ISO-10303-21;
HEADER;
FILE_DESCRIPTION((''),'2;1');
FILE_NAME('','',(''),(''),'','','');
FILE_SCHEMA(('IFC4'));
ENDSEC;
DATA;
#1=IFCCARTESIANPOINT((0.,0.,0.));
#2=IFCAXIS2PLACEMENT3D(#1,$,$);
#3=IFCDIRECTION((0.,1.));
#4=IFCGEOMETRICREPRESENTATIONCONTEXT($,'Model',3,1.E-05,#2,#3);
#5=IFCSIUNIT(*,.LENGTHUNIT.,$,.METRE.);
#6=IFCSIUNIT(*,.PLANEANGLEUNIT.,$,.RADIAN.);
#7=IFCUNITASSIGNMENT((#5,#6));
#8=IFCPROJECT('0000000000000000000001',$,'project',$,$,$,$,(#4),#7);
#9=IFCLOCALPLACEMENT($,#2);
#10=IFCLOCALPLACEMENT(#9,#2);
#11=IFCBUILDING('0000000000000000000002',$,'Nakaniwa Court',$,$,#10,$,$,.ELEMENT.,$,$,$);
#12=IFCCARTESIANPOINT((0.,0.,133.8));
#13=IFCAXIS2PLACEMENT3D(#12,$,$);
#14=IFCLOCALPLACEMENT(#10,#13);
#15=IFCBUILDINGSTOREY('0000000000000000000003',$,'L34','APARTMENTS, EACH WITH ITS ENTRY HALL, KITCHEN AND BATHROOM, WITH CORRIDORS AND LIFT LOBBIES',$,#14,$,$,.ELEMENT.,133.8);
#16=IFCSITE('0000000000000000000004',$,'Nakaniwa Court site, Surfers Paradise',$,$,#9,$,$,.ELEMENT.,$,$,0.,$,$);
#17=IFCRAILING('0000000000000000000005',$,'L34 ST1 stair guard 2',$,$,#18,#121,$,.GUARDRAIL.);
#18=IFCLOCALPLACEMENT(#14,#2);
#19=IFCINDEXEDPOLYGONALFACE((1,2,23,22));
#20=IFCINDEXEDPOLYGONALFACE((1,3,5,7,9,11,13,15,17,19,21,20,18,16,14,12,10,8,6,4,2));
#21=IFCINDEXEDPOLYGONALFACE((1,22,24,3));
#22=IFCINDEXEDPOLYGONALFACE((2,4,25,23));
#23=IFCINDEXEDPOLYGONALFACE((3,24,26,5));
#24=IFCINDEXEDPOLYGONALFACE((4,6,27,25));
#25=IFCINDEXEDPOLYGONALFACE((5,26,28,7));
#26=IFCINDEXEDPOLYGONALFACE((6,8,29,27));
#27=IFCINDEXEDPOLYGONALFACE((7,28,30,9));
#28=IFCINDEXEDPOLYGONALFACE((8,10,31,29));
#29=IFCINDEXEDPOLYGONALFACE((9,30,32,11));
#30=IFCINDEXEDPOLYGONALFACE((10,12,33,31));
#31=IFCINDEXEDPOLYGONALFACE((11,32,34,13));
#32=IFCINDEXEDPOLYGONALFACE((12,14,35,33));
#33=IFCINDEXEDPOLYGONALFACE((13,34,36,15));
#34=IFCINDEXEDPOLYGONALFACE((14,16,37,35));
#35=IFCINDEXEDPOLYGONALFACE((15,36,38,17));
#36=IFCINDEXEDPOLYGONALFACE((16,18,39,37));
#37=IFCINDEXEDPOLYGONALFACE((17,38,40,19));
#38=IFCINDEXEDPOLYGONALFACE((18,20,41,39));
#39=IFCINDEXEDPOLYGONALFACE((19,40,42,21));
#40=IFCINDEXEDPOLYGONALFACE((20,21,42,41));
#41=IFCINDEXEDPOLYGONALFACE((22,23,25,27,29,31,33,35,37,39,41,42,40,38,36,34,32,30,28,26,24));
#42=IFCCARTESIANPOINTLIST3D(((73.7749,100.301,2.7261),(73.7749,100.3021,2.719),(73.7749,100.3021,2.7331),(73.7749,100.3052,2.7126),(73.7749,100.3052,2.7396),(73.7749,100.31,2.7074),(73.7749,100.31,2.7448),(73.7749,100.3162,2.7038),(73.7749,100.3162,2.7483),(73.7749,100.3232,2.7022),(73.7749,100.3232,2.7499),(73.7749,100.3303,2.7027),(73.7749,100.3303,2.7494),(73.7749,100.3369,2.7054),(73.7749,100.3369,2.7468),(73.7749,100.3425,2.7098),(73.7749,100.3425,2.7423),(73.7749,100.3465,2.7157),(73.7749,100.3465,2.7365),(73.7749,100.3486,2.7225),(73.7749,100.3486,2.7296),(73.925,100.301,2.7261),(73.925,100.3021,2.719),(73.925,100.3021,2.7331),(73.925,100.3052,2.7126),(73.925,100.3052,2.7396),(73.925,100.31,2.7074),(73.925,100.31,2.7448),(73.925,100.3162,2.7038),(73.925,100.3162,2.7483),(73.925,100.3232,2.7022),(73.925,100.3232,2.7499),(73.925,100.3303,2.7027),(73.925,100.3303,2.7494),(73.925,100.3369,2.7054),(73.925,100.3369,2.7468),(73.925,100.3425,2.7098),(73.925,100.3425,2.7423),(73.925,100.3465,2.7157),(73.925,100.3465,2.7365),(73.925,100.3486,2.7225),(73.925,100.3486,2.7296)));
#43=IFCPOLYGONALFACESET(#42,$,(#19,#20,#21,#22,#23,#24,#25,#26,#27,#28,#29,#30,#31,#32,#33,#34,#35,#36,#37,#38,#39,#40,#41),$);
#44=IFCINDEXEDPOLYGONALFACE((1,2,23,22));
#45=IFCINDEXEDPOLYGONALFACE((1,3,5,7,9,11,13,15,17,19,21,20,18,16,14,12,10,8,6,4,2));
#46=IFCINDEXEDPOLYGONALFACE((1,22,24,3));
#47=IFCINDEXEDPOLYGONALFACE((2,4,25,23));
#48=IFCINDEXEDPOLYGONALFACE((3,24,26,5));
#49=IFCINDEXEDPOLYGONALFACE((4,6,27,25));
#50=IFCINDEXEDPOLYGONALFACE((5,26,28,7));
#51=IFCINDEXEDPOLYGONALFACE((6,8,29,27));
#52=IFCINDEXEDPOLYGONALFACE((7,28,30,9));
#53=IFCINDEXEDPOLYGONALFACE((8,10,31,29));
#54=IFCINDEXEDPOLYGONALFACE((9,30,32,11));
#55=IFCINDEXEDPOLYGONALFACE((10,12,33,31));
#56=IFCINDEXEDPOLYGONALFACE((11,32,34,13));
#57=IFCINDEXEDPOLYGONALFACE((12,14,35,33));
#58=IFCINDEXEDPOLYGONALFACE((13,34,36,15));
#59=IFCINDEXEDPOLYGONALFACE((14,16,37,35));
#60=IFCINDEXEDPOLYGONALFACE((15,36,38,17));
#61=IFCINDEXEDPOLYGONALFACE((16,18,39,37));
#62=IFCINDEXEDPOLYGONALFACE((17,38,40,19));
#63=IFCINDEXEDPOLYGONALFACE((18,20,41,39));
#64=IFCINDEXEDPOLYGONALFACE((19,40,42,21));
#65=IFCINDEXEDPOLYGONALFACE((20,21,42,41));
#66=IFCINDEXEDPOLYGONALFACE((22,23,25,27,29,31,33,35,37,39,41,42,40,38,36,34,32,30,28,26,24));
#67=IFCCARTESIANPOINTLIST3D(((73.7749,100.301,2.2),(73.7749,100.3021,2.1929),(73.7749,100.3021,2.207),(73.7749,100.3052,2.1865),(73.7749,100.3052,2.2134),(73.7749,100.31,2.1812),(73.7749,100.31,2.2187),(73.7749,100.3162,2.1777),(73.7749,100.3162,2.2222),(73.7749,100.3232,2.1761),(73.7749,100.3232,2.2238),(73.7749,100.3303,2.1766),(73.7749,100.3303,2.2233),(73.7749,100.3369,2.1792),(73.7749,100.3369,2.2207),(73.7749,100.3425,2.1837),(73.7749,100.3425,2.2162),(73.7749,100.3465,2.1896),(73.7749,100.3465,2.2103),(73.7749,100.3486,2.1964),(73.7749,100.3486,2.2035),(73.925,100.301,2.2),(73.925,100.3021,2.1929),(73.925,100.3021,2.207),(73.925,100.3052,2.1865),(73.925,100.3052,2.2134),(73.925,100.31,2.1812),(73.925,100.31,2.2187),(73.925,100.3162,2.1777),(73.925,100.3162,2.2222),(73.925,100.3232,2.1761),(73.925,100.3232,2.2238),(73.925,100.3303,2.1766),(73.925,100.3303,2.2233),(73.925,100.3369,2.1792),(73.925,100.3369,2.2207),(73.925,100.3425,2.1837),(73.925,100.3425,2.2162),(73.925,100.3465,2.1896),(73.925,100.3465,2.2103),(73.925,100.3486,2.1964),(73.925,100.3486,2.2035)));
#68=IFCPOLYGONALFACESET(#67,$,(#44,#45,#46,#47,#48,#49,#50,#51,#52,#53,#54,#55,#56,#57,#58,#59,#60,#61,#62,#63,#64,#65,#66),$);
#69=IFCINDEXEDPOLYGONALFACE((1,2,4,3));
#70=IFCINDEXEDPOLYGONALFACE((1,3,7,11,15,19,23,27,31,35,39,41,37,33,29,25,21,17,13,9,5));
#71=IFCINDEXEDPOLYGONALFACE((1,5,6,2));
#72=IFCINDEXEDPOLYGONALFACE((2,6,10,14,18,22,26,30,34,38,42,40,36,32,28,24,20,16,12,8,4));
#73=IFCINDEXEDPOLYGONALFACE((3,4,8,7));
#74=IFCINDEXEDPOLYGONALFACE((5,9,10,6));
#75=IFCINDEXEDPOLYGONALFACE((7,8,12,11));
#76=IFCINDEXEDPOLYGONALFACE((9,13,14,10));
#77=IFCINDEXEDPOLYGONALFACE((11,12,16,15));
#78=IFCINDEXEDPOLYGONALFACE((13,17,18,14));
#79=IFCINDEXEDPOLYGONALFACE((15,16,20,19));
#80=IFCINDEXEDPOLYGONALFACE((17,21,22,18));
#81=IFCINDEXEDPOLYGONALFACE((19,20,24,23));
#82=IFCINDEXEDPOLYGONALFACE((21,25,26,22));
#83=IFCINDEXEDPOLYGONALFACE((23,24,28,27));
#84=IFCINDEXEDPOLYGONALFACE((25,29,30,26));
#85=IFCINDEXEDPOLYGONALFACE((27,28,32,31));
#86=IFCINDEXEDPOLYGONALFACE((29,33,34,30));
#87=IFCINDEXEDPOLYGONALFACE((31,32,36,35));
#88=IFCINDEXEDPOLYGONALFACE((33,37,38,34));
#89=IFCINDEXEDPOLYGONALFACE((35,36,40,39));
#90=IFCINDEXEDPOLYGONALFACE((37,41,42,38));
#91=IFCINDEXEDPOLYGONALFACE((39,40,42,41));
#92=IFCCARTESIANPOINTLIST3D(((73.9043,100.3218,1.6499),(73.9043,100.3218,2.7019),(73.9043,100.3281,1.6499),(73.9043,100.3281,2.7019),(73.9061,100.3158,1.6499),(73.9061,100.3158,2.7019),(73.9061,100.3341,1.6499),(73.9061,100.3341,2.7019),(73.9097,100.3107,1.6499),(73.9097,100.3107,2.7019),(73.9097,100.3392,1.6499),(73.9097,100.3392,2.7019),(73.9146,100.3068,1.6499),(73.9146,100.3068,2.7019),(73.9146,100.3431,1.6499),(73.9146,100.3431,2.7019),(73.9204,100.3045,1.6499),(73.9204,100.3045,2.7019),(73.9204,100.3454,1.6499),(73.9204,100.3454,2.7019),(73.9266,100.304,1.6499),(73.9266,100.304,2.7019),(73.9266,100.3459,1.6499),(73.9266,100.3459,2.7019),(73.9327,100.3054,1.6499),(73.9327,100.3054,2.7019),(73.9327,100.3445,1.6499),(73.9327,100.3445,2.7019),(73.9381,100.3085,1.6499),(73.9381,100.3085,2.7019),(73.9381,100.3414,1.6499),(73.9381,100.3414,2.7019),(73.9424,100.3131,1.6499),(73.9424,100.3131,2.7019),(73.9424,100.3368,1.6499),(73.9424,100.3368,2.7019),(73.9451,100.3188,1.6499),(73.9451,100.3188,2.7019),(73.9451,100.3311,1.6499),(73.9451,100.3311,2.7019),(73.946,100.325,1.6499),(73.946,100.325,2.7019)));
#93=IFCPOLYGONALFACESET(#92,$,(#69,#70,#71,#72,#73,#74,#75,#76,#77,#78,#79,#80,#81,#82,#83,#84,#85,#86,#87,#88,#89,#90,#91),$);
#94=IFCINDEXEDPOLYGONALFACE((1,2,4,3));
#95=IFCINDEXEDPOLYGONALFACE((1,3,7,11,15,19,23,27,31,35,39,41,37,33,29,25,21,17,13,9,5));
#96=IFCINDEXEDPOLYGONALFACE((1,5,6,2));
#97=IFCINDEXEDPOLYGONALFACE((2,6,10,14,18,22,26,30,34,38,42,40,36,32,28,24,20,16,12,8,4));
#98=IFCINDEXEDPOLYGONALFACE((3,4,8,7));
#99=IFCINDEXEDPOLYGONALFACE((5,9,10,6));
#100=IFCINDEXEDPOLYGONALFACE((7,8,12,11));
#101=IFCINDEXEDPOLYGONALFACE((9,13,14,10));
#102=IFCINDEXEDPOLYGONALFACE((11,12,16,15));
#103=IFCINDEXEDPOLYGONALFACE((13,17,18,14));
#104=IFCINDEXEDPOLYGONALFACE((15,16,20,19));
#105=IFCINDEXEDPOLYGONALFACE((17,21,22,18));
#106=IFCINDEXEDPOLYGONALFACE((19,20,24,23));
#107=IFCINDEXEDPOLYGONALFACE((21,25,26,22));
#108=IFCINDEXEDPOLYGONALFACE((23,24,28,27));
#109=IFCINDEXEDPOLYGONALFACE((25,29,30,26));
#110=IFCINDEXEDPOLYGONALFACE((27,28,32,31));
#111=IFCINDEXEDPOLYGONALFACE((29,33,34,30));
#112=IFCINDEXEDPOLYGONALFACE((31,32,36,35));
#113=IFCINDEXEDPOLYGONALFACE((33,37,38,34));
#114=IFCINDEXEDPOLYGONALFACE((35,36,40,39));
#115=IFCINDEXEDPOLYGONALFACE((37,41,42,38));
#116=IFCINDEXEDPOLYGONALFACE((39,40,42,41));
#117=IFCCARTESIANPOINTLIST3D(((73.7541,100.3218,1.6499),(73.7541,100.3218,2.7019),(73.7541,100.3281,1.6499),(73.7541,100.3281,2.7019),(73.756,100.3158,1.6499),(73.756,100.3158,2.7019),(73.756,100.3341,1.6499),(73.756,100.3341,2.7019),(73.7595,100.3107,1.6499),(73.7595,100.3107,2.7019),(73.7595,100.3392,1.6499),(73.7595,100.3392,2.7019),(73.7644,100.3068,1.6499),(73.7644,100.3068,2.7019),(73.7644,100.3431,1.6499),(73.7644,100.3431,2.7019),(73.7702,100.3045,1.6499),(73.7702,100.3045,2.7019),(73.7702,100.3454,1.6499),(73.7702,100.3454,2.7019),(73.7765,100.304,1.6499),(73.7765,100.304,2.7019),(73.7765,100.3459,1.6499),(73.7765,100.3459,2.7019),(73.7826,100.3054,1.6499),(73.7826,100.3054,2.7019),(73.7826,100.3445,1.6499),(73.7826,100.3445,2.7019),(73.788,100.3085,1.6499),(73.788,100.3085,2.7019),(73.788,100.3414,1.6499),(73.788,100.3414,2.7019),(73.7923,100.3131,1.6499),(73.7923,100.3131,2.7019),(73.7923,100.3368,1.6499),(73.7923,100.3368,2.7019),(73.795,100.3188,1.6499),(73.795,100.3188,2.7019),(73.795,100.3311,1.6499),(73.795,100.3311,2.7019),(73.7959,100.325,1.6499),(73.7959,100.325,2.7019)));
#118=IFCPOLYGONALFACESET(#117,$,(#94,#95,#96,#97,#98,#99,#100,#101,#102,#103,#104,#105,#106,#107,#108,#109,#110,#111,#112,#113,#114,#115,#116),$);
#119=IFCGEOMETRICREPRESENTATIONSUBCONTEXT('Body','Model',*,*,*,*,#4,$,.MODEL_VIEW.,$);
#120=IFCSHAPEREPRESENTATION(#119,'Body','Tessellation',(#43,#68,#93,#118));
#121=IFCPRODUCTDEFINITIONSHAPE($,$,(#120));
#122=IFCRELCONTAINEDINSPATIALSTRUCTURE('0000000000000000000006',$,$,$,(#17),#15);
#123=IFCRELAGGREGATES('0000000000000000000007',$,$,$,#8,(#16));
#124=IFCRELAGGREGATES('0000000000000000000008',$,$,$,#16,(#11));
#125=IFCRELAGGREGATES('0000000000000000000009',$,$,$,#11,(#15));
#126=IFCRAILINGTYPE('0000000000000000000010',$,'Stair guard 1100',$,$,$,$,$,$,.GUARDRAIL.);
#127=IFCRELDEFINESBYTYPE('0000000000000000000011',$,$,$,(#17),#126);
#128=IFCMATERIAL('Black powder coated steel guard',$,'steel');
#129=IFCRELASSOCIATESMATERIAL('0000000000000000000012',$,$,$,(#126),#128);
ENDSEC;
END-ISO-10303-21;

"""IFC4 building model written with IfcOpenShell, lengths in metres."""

from ifc_helpers import new_model, si_unit, direction, frame, origin, origin_2d, place, context, subcontext, project, spatial, circle, extrude, material, type_object, element, save


model = new_model("IFC4")

# Units and contexts
model_context = context("Model", 3, precision=1e-05, world=origin(), true_north=direction((0.0, 1.0)))
body_context = subcontext(model_context, "Body", "Model", "MODEL_VIEW")
ifc_project = project(units=[si_unit("LENGTHUNIT", "METRE"), si_unit("PLANEANGLEUNIT", "RADIAN")], contexts=[model_context])

# Site, building, storey
site_placement = place(None, origin())
site = spatial("IfcSite", under=ifc_project, at=site_placement, Name="Nakaniwa Court site, Surfers Paradise", CompositionType="ELEMENT", RefElevation=0.0)
building_placement = place(site_placement, origin())
building = spatial("IfcBuilding", under=site, at=building_placement, Name="Nakaniwa Court", CompositionType="ELEMENT")
storey_placement = place(building_placement, frame((0.0, 0.0, 133.8)))
storey = spatial("IfcBuildingStorey", under=building, at=storey_placement, Name="L34", Description="APARTMENTS, EACH WITH ITS ENTRY HALL, KITCHEN AND BATHROOM, WITH CORRIDORS AND LIFT LOBBIES", CompositionType="ELEMENT", Elevation=133.8)

# Railing
ifc_material_1 = material(Name="Black powder coated steel guard", Category="steel")
railing_type_1 = type_object("IfcRailingType", Name="Stair guard 1100", PredefinedType="GUARDRAIL", material=ifc_material_1)
railing_1_placement = place(storey_placement, frame((73.925, 100.325, 1.6499)))
element("IfcRailing", 1, at=railing_1_placement, inside=storey, type_object=railing_type_1, Name="L34 ST1 stair guard 2", PredefinedType="GUARDRAIL", context=body_context, shape_type="SweptSolid", body=[
    extrude(circle(Radius=0.0239, at=origin_2d()), frame((0.0, 0.0, 1.0762), z_axis=(-1.0, 0.0, 0.0), x_axis=(0.0, -1.0, 0.0)), (0.0, 0.0, 1.0), 0.1501),
    extrude(circle(Radius=0.0239, at=origin_2d()), frame((0.0, 0.0, 0.55), z_axis=(-1.0, 0.0, 0.0), x_axis=(0.0, -1.0, 0.0)), (0.0, 0.0, 1.0), 0.1501),
    extrude(circle(Radius=0.021, at=origin_2d()), origin(), (0.0, 0.0, 1.0), 1.052),
    extrude(circle(Radius=0.021, at=origin_2d()), frame((-0.1501, 0.0, 0.0)), (0.0, 0.0, 1.0), 1.052),
])

save(model, "model.ifc")
